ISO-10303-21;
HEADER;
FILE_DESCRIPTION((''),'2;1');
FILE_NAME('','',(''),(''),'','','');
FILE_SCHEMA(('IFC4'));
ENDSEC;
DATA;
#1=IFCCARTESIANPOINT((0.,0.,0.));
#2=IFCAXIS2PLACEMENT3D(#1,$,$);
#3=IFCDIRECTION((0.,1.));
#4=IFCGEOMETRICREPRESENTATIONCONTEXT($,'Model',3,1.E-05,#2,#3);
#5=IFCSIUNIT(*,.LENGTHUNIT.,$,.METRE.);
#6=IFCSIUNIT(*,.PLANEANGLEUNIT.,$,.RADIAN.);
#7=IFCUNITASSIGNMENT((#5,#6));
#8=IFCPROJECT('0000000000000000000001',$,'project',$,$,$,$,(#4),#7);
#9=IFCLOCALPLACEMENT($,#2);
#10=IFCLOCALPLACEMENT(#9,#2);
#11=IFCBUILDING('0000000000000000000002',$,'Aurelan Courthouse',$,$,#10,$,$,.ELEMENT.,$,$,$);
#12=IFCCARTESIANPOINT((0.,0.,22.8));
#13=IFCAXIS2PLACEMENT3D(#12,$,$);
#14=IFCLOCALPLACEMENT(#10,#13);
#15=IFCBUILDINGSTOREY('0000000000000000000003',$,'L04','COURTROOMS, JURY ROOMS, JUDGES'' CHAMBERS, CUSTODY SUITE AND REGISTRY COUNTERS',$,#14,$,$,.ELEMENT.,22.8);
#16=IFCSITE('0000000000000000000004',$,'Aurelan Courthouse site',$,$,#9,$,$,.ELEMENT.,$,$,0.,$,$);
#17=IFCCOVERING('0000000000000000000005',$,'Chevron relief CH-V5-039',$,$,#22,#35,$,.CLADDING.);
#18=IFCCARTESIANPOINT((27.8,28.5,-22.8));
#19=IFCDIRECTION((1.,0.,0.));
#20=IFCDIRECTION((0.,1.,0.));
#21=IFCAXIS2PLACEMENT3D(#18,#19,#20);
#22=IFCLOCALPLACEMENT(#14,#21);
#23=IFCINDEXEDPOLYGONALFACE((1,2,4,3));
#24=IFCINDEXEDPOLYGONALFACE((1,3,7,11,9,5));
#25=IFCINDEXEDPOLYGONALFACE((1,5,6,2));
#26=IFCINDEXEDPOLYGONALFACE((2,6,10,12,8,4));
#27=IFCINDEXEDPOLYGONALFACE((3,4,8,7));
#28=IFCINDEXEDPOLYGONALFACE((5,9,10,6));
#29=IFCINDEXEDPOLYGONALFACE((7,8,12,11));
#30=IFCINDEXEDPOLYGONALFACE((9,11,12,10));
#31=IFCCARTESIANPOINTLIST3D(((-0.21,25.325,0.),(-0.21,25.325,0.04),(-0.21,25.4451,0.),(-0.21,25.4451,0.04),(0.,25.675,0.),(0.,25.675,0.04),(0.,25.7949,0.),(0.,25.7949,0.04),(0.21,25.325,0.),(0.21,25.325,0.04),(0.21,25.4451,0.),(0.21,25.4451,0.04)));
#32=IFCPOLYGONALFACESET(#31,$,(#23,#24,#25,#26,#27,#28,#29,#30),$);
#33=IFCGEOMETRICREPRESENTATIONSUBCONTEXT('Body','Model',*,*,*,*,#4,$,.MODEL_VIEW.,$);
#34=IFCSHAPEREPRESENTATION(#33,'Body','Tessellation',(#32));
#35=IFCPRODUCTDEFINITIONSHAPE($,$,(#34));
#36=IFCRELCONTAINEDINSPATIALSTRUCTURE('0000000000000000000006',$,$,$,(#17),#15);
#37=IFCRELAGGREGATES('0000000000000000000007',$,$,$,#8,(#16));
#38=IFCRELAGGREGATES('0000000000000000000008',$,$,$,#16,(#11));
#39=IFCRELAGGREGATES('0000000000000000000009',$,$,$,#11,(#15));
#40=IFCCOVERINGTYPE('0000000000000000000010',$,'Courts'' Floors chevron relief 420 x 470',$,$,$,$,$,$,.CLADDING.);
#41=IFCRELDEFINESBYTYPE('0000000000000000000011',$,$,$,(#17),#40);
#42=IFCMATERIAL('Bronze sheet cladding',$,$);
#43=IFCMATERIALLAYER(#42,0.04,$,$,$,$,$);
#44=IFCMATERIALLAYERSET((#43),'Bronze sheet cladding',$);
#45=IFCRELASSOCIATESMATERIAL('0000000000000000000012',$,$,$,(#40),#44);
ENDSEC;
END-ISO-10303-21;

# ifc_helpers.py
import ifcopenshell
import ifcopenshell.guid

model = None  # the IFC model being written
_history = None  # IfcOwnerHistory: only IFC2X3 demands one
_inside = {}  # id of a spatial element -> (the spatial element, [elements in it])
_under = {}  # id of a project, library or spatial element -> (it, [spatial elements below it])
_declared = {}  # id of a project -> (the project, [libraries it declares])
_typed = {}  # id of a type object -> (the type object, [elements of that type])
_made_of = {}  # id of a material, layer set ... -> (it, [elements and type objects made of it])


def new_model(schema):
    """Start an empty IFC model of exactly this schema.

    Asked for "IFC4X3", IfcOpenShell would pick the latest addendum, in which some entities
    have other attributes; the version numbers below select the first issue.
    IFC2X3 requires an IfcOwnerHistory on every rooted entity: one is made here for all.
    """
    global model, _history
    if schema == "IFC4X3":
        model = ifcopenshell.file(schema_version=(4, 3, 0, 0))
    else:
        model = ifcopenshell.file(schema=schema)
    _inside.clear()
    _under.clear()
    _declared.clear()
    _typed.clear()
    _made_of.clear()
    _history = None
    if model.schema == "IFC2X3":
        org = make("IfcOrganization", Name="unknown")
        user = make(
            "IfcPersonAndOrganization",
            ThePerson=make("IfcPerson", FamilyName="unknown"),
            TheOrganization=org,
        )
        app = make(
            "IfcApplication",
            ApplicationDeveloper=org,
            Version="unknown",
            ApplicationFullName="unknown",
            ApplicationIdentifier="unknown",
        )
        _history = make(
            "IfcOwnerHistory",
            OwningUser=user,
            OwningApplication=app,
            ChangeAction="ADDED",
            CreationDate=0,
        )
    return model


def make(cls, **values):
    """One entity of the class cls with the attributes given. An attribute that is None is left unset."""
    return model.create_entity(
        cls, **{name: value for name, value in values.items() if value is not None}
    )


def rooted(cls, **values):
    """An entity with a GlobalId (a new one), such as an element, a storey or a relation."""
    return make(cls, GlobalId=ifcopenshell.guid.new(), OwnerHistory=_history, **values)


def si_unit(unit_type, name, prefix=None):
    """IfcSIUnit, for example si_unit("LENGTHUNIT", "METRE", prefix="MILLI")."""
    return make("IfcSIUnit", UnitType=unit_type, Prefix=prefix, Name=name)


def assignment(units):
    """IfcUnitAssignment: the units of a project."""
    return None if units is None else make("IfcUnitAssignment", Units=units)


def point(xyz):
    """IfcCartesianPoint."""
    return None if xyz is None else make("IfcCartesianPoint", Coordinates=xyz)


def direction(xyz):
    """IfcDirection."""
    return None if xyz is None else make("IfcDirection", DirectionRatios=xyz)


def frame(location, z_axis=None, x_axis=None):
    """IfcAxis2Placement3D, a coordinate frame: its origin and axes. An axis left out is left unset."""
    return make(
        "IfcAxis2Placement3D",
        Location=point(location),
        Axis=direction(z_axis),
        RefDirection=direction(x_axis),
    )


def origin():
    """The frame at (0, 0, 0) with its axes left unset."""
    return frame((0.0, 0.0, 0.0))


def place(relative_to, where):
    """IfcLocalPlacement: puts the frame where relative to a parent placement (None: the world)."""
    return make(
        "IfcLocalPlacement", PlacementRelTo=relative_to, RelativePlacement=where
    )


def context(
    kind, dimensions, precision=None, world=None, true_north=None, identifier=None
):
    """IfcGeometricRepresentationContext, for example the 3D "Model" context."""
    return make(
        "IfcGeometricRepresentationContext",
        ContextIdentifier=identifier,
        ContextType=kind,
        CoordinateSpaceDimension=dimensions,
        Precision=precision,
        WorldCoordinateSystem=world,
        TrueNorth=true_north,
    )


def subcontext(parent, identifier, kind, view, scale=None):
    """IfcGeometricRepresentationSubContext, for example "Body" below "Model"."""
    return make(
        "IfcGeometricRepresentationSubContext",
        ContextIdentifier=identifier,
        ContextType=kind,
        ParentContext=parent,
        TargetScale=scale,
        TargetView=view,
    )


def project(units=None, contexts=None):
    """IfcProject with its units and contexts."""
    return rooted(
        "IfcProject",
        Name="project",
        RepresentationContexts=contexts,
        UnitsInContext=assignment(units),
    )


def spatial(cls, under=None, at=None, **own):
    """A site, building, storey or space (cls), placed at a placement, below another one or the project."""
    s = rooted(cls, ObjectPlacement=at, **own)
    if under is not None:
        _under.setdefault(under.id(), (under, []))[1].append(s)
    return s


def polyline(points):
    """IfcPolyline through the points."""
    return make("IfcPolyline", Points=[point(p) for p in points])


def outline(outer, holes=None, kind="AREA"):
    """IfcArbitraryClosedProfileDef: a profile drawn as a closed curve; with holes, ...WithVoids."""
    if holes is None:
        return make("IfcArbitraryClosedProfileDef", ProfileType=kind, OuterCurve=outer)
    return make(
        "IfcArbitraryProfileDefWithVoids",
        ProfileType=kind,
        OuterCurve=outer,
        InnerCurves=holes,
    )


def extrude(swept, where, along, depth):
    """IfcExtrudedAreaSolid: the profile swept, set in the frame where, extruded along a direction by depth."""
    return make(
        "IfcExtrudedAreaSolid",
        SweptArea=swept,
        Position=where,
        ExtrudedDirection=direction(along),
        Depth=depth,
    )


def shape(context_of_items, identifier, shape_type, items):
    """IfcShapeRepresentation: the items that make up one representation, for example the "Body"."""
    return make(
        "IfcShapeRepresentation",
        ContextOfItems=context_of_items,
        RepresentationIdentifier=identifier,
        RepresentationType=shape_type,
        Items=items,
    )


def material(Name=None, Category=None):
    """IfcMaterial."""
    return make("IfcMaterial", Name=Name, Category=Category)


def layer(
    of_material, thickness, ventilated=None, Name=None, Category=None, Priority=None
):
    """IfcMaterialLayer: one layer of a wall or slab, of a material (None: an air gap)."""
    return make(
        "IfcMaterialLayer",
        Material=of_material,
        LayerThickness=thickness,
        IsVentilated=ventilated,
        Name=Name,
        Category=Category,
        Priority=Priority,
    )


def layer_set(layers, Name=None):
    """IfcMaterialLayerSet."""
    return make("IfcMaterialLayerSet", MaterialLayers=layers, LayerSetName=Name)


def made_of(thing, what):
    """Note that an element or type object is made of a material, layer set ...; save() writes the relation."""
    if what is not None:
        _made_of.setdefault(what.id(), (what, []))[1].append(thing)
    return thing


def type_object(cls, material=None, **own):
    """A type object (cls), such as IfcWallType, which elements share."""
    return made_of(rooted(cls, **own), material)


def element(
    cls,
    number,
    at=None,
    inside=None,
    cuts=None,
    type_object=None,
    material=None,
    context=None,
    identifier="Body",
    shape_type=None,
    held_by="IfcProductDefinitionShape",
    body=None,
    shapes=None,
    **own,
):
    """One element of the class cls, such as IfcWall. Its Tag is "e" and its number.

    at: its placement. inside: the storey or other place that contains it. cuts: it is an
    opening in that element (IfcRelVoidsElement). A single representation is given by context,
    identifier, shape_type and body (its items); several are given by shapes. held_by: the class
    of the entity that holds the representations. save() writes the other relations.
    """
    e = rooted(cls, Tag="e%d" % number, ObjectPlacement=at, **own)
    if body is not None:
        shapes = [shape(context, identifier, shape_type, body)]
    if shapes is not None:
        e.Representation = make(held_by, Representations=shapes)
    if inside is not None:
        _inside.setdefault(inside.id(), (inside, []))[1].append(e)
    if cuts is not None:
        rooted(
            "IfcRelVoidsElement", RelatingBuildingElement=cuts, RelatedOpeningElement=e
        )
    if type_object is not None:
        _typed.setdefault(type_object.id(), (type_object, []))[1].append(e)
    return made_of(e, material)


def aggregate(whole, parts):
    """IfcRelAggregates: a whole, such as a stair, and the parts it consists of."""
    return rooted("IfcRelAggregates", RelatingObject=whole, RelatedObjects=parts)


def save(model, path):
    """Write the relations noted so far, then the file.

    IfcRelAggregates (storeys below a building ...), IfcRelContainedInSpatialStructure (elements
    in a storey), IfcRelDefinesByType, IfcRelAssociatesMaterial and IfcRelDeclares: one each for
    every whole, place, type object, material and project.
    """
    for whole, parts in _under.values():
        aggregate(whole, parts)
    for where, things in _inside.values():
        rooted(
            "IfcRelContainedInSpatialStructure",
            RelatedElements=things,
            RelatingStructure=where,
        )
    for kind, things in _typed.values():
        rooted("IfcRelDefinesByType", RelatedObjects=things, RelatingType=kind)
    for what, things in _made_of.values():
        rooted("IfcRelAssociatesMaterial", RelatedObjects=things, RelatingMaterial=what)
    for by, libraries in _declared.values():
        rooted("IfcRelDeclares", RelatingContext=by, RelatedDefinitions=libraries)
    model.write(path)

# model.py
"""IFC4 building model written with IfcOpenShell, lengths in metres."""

from ifc_helpers import new_model, si_unit, direction, frame, origin, place, context, subcontext, project, spatial, polyline, outline, extrude, material, layer, layer_set, type_object, element, save


model = new_model("IFC4")

# Units and contexts
model_context = context("Model", 3, precision=1e-05, world=origin(), true_north=direction((0.0, 1.0)))
body_context = subcontext(model_context, "Body", "Model", "MODEL_VIEW")
ifc_project = project(units=[si_unit("LENGTHUNIT", "METRE"), si_unit("PLANEANGLEUNIT", "RADIAN")], contexts=[model_context])

# Site, building, storey
site_placement = place(None, origin())
site = spatial("IfcSite", under=ifc_project, at=site_placement, Name="Aurelan Courthouse site", CompositionType="ELEMENT", RefElevation=0.0)
building_placement = place(site_placement, origin())
building = spatial("IfcBuilding", under=site, at=building_placement, Name="Aurelan Courthouse", CompositionType="ELEMENT")
storey_placement = place(building_placement, frame((0.0, 0.0, 22.8)))
storey = spatial("IfcBuildingStorey", under=building, at=storey_placement, Name="L04", Description="COURTROOMS, JURY ROOMS, JUDGES' CHAMBERS, CUSTODY SUITE AND REGISTRY COUNTERS", CompositionType="ELEMENT", Elevation=22.8)

# Covering
ifc_material_1 = material(Name="Bronze sheet cladding")
ifc_layer_1 = layer(ifc_material_1, 0.04)
ifc_layer_set_1 = layer_set([ifc_layer_1], Name="Bronze sheet cladding")
covering_type = type_object("IfcCoveringType", Name="Courts' Floors chevron relief 420 x 470", PredefinedType="CLADDING", material=ifc_layer_set_1)
covering_placement = place(storey_placement, frame((27.8, 28.5, -22.8), z_axis=(1.0, 0.0, 0.0), x_axis=(0.0, 1.0, 0.0)))
element("IfcCovering", 1, at=covering_placement, inside=storey, type_object=covering_type, Name="Chevron relief CH-V5-039", PredefinedType="CLADDING", context=body_context, shape_type="SweptSolid", body=[
    extrude(outline(polyline([(-0.21, 25.325), (0.0, 25.675), (0.21, 25.325), (0.21, 25.4451), (0.0, 25.7949), (-0.21, 25.4451), (-0.21, 25.325)])), origin(), (0.0, 0.0, 1.0), 0.04),
])

save(model, "model.ifc")
